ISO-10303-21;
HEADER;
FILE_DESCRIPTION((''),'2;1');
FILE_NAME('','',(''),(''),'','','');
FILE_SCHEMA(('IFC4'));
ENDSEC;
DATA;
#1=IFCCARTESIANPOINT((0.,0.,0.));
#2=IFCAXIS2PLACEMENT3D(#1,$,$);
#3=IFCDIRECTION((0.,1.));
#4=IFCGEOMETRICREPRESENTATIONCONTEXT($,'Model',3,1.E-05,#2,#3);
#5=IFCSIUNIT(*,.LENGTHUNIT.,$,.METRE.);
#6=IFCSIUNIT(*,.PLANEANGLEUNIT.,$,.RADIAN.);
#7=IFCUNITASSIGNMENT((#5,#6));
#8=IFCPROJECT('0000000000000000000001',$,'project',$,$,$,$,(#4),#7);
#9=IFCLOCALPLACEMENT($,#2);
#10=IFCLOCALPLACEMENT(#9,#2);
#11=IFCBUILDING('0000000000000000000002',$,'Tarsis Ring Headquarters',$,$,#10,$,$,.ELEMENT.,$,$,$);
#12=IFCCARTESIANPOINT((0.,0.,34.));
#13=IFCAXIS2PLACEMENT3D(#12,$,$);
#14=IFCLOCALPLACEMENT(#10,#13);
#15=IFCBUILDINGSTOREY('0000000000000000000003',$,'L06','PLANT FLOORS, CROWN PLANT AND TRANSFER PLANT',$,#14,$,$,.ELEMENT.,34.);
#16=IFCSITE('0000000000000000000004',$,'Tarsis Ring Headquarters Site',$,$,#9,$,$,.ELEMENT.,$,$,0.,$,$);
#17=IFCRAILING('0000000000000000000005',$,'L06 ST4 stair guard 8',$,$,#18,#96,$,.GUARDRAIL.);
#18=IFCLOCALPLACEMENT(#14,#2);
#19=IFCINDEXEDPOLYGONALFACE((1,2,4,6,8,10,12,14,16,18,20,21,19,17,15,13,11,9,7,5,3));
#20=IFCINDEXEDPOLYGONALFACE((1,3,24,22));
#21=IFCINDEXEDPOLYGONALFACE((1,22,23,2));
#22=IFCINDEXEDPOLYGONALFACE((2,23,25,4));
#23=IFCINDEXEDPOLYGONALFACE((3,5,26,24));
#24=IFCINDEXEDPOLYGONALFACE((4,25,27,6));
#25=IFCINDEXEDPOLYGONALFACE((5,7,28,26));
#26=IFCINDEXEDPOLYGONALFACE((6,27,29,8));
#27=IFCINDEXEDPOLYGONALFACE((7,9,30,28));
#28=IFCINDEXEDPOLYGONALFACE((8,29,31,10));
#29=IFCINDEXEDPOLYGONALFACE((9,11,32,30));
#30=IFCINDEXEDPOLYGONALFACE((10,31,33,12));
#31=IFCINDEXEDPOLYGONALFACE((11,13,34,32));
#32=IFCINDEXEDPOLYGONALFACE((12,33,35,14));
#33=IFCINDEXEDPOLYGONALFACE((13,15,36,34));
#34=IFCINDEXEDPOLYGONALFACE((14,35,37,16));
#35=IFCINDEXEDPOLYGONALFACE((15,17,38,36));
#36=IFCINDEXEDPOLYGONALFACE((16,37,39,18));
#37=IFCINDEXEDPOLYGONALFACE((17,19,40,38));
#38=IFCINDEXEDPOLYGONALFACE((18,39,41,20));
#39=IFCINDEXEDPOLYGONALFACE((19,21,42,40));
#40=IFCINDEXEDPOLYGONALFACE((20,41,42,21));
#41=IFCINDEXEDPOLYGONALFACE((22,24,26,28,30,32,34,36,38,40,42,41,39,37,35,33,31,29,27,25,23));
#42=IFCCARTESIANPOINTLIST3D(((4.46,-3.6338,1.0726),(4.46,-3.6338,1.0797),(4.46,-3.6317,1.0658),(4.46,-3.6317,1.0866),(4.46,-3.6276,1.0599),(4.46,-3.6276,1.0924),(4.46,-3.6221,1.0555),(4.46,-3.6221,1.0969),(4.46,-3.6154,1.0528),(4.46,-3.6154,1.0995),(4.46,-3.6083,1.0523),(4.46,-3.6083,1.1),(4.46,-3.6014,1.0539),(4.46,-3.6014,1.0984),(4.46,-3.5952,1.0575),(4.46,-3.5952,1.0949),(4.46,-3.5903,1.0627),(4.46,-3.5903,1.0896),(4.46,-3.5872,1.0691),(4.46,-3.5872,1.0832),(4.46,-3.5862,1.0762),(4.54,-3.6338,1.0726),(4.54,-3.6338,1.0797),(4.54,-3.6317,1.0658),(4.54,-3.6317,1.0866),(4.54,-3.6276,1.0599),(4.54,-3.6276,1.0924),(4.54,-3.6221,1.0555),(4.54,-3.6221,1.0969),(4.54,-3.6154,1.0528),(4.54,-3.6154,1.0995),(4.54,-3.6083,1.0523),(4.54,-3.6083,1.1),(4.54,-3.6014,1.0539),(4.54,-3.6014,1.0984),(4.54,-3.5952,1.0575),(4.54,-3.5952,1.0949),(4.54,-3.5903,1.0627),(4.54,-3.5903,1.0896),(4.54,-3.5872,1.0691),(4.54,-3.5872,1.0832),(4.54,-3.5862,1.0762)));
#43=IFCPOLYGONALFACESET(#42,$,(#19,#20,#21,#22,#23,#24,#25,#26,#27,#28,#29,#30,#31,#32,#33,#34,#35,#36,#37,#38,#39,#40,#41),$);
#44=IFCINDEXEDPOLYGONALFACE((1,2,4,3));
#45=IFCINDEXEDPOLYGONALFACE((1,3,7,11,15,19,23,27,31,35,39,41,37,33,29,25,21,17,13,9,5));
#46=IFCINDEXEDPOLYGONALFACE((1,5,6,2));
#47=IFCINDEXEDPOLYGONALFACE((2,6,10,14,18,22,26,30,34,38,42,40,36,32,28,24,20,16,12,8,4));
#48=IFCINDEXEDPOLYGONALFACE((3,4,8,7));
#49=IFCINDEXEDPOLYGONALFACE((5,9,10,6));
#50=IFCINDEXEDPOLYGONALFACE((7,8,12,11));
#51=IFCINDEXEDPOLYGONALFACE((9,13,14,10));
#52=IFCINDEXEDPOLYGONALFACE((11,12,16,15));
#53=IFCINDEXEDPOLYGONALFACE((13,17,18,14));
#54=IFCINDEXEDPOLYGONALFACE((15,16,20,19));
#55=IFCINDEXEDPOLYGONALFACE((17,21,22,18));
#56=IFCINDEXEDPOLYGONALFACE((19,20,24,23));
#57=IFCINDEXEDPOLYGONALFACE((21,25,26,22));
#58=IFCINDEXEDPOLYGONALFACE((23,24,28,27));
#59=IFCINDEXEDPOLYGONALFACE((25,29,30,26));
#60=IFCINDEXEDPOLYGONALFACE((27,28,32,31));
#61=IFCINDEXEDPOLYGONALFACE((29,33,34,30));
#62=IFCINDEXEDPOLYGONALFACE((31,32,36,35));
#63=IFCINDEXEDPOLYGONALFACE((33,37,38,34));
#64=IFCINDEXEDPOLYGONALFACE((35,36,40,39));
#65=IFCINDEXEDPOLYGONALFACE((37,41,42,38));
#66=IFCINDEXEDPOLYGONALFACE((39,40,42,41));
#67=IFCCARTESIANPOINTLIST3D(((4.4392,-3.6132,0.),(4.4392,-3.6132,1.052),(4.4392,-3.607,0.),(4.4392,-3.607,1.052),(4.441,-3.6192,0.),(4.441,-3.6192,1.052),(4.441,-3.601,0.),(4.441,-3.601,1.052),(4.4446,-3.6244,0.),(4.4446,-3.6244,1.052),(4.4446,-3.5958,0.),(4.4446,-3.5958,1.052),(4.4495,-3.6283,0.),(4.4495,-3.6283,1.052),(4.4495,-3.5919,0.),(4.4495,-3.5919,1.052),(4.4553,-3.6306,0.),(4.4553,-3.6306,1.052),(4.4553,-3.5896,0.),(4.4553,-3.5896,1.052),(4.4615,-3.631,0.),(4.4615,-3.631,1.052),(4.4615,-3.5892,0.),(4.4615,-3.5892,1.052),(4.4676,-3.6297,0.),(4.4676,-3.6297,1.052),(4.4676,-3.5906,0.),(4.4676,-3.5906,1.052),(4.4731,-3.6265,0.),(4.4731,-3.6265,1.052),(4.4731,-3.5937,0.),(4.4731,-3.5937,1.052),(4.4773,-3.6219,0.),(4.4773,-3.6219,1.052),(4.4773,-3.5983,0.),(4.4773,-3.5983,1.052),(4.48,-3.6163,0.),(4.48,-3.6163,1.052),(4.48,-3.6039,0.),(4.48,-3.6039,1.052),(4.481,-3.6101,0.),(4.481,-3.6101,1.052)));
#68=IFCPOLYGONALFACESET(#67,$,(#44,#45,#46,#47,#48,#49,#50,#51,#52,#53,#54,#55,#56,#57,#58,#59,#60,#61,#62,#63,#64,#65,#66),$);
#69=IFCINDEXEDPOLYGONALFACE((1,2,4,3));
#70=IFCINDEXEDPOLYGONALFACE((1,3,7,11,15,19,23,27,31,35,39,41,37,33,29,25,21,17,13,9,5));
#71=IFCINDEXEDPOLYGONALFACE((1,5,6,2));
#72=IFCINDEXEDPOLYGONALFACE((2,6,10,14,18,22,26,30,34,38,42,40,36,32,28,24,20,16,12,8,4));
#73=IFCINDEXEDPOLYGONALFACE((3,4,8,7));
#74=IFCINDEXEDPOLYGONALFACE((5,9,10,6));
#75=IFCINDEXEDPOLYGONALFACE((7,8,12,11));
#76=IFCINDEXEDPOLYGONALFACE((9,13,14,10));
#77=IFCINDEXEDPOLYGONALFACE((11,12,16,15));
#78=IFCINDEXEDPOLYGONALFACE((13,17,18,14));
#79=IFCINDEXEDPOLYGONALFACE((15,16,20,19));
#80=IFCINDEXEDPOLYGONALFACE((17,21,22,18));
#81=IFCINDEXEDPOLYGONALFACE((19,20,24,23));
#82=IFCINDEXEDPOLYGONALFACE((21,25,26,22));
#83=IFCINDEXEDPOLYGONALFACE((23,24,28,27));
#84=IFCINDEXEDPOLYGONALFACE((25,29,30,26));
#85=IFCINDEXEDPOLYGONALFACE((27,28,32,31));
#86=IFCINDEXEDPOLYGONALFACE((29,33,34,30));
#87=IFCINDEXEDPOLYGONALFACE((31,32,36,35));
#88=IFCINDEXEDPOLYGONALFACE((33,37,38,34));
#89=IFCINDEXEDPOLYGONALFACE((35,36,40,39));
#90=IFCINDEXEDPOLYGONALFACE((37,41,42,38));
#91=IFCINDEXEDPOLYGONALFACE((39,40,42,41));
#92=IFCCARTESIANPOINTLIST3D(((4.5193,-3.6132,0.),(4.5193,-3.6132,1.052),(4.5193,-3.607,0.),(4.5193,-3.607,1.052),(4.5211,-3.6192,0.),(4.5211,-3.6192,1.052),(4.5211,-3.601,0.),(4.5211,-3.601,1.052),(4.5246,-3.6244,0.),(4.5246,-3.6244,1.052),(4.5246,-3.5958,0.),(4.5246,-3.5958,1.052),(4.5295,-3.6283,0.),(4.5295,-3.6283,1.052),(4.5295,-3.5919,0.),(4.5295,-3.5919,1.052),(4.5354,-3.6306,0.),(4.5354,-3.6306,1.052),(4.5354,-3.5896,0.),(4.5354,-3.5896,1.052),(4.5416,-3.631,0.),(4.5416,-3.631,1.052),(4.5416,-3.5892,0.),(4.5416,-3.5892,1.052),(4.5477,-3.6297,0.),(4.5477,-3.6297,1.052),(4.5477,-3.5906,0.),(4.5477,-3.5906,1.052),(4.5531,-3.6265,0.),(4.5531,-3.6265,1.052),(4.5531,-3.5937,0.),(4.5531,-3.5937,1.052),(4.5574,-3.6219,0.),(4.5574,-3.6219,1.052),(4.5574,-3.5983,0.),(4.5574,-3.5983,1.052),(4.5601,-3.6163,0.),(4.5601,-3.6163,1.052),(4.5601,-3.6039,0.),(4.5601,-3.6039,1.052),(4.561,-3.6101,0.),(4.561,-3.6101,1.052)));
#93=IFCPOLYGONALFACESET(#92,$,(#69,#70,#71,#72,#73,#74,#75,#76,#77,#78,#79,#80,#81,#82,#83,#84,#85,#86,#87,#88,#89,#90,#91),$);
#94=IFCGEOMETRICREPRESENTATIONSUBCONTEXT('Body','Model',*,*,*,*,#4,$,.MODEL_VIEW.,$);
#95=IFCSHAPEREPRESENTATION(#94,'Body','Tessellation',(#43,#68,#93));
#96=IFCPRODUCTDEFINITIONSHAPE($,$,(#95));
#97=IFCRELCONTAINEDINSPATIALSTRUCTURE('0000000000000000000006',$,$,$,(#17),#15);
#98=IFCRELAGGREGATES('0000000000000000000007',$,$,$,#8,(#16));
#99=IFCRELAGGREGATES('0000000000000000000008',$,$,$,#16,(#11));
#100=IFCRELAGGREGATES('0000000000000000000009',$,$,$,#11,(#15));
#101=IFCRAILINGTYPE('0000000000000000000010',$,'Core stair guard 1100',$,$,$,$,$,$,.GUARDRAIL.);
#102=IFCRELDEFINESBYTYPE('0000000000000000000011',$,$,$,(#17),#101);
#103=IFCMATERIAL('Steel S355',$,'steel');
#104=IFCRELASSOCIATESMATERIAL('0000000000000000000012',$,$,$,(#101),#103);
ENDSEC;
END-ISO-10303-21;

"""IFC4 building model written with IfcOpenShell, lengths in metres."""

from ifc_helpers import new_model, si_unit, direction, frame, origin, origin_2d, place, context, subcontext, project, spatial, circle, extrude, material, type_object, element, save


model = new_model("IFC4")

# Units and contexts
model_context = context("Model", 3, precision=1e-05, world=origin(), true_north=direction((0.0, 1.0)))
body_context = subcontext(model_context, "Body", "Model", "MODEL_VIEW")
ifc_project = project(units=[si_unit("LENGTHUNIT", "METRE"), si_unit("PLANEANGLEUNIT", "RADIAN")], contexts=[model_context])

# Site, building, storey
site_placement = place(None, origin())
site = spatial("IfcSite", under=ifc_project, at=site_placement, Name="Tarsis Ring Headquarters Site", CompositionType="ELEMENT", RefElevation=0.0)
building_placement = place(site_placement, origin())
building = spatial("IfcBuilding", under=site, at=building_placement, Name="Tarsis Ring Headquarters", CompositionType="ELEMENT")
storey_placement = place(building_placement, frame((0.0, 0.0, 34.0)))
storey = spatial("IfcBuildingStorey", under=building, at=storey_placement, Name="L06", Description="PLANT FLOORS, CROWN PLANT AND TRANSFER PLANT", CompositionType="ELEMENT", Elevation=34.0)

# Railing
ifc_material_1 = material(Name="Steel S355", Category="steel")
railing_type_1 = type_object("IfcRailingType", Name="Core stair guard 1100", PredefinedType="GUARDRAIL", material=ifc_material_1)
railing_1_placement = place(storey_placement, frame((4.46, -3.6101, 0.0)))
element("IfcRailing", 1, at=railing_1_placement, inside=storey, type_object=railing_type_1, Name="L06 ST4 stair guard 8", PredefinedType="GUARDRAIL", context=body_context, shape_type="SweptSolid", body=[
    extrude(circle(Radius=0.0239, at=origin_2d()), frame((0.0, 0.0, 1.0762), z_axis=(1.0, 0.0, 0.0), x_axis=(0.0, 1.0, 0.0)), (0.0, 0.0, 1.0), 0.0801),
    extrude(circle(Radius=0.021, at=origin_2d()), origin(), (0.0, 0.0, 1.0), 1.052),
    extrude(circle(Radius=0.021, at=origin_2d()), frame((0.0801, 0.0, 0.0)), (0.0, 0.0, 1.0), 1.052),
])

save(model, "model.ifc")
